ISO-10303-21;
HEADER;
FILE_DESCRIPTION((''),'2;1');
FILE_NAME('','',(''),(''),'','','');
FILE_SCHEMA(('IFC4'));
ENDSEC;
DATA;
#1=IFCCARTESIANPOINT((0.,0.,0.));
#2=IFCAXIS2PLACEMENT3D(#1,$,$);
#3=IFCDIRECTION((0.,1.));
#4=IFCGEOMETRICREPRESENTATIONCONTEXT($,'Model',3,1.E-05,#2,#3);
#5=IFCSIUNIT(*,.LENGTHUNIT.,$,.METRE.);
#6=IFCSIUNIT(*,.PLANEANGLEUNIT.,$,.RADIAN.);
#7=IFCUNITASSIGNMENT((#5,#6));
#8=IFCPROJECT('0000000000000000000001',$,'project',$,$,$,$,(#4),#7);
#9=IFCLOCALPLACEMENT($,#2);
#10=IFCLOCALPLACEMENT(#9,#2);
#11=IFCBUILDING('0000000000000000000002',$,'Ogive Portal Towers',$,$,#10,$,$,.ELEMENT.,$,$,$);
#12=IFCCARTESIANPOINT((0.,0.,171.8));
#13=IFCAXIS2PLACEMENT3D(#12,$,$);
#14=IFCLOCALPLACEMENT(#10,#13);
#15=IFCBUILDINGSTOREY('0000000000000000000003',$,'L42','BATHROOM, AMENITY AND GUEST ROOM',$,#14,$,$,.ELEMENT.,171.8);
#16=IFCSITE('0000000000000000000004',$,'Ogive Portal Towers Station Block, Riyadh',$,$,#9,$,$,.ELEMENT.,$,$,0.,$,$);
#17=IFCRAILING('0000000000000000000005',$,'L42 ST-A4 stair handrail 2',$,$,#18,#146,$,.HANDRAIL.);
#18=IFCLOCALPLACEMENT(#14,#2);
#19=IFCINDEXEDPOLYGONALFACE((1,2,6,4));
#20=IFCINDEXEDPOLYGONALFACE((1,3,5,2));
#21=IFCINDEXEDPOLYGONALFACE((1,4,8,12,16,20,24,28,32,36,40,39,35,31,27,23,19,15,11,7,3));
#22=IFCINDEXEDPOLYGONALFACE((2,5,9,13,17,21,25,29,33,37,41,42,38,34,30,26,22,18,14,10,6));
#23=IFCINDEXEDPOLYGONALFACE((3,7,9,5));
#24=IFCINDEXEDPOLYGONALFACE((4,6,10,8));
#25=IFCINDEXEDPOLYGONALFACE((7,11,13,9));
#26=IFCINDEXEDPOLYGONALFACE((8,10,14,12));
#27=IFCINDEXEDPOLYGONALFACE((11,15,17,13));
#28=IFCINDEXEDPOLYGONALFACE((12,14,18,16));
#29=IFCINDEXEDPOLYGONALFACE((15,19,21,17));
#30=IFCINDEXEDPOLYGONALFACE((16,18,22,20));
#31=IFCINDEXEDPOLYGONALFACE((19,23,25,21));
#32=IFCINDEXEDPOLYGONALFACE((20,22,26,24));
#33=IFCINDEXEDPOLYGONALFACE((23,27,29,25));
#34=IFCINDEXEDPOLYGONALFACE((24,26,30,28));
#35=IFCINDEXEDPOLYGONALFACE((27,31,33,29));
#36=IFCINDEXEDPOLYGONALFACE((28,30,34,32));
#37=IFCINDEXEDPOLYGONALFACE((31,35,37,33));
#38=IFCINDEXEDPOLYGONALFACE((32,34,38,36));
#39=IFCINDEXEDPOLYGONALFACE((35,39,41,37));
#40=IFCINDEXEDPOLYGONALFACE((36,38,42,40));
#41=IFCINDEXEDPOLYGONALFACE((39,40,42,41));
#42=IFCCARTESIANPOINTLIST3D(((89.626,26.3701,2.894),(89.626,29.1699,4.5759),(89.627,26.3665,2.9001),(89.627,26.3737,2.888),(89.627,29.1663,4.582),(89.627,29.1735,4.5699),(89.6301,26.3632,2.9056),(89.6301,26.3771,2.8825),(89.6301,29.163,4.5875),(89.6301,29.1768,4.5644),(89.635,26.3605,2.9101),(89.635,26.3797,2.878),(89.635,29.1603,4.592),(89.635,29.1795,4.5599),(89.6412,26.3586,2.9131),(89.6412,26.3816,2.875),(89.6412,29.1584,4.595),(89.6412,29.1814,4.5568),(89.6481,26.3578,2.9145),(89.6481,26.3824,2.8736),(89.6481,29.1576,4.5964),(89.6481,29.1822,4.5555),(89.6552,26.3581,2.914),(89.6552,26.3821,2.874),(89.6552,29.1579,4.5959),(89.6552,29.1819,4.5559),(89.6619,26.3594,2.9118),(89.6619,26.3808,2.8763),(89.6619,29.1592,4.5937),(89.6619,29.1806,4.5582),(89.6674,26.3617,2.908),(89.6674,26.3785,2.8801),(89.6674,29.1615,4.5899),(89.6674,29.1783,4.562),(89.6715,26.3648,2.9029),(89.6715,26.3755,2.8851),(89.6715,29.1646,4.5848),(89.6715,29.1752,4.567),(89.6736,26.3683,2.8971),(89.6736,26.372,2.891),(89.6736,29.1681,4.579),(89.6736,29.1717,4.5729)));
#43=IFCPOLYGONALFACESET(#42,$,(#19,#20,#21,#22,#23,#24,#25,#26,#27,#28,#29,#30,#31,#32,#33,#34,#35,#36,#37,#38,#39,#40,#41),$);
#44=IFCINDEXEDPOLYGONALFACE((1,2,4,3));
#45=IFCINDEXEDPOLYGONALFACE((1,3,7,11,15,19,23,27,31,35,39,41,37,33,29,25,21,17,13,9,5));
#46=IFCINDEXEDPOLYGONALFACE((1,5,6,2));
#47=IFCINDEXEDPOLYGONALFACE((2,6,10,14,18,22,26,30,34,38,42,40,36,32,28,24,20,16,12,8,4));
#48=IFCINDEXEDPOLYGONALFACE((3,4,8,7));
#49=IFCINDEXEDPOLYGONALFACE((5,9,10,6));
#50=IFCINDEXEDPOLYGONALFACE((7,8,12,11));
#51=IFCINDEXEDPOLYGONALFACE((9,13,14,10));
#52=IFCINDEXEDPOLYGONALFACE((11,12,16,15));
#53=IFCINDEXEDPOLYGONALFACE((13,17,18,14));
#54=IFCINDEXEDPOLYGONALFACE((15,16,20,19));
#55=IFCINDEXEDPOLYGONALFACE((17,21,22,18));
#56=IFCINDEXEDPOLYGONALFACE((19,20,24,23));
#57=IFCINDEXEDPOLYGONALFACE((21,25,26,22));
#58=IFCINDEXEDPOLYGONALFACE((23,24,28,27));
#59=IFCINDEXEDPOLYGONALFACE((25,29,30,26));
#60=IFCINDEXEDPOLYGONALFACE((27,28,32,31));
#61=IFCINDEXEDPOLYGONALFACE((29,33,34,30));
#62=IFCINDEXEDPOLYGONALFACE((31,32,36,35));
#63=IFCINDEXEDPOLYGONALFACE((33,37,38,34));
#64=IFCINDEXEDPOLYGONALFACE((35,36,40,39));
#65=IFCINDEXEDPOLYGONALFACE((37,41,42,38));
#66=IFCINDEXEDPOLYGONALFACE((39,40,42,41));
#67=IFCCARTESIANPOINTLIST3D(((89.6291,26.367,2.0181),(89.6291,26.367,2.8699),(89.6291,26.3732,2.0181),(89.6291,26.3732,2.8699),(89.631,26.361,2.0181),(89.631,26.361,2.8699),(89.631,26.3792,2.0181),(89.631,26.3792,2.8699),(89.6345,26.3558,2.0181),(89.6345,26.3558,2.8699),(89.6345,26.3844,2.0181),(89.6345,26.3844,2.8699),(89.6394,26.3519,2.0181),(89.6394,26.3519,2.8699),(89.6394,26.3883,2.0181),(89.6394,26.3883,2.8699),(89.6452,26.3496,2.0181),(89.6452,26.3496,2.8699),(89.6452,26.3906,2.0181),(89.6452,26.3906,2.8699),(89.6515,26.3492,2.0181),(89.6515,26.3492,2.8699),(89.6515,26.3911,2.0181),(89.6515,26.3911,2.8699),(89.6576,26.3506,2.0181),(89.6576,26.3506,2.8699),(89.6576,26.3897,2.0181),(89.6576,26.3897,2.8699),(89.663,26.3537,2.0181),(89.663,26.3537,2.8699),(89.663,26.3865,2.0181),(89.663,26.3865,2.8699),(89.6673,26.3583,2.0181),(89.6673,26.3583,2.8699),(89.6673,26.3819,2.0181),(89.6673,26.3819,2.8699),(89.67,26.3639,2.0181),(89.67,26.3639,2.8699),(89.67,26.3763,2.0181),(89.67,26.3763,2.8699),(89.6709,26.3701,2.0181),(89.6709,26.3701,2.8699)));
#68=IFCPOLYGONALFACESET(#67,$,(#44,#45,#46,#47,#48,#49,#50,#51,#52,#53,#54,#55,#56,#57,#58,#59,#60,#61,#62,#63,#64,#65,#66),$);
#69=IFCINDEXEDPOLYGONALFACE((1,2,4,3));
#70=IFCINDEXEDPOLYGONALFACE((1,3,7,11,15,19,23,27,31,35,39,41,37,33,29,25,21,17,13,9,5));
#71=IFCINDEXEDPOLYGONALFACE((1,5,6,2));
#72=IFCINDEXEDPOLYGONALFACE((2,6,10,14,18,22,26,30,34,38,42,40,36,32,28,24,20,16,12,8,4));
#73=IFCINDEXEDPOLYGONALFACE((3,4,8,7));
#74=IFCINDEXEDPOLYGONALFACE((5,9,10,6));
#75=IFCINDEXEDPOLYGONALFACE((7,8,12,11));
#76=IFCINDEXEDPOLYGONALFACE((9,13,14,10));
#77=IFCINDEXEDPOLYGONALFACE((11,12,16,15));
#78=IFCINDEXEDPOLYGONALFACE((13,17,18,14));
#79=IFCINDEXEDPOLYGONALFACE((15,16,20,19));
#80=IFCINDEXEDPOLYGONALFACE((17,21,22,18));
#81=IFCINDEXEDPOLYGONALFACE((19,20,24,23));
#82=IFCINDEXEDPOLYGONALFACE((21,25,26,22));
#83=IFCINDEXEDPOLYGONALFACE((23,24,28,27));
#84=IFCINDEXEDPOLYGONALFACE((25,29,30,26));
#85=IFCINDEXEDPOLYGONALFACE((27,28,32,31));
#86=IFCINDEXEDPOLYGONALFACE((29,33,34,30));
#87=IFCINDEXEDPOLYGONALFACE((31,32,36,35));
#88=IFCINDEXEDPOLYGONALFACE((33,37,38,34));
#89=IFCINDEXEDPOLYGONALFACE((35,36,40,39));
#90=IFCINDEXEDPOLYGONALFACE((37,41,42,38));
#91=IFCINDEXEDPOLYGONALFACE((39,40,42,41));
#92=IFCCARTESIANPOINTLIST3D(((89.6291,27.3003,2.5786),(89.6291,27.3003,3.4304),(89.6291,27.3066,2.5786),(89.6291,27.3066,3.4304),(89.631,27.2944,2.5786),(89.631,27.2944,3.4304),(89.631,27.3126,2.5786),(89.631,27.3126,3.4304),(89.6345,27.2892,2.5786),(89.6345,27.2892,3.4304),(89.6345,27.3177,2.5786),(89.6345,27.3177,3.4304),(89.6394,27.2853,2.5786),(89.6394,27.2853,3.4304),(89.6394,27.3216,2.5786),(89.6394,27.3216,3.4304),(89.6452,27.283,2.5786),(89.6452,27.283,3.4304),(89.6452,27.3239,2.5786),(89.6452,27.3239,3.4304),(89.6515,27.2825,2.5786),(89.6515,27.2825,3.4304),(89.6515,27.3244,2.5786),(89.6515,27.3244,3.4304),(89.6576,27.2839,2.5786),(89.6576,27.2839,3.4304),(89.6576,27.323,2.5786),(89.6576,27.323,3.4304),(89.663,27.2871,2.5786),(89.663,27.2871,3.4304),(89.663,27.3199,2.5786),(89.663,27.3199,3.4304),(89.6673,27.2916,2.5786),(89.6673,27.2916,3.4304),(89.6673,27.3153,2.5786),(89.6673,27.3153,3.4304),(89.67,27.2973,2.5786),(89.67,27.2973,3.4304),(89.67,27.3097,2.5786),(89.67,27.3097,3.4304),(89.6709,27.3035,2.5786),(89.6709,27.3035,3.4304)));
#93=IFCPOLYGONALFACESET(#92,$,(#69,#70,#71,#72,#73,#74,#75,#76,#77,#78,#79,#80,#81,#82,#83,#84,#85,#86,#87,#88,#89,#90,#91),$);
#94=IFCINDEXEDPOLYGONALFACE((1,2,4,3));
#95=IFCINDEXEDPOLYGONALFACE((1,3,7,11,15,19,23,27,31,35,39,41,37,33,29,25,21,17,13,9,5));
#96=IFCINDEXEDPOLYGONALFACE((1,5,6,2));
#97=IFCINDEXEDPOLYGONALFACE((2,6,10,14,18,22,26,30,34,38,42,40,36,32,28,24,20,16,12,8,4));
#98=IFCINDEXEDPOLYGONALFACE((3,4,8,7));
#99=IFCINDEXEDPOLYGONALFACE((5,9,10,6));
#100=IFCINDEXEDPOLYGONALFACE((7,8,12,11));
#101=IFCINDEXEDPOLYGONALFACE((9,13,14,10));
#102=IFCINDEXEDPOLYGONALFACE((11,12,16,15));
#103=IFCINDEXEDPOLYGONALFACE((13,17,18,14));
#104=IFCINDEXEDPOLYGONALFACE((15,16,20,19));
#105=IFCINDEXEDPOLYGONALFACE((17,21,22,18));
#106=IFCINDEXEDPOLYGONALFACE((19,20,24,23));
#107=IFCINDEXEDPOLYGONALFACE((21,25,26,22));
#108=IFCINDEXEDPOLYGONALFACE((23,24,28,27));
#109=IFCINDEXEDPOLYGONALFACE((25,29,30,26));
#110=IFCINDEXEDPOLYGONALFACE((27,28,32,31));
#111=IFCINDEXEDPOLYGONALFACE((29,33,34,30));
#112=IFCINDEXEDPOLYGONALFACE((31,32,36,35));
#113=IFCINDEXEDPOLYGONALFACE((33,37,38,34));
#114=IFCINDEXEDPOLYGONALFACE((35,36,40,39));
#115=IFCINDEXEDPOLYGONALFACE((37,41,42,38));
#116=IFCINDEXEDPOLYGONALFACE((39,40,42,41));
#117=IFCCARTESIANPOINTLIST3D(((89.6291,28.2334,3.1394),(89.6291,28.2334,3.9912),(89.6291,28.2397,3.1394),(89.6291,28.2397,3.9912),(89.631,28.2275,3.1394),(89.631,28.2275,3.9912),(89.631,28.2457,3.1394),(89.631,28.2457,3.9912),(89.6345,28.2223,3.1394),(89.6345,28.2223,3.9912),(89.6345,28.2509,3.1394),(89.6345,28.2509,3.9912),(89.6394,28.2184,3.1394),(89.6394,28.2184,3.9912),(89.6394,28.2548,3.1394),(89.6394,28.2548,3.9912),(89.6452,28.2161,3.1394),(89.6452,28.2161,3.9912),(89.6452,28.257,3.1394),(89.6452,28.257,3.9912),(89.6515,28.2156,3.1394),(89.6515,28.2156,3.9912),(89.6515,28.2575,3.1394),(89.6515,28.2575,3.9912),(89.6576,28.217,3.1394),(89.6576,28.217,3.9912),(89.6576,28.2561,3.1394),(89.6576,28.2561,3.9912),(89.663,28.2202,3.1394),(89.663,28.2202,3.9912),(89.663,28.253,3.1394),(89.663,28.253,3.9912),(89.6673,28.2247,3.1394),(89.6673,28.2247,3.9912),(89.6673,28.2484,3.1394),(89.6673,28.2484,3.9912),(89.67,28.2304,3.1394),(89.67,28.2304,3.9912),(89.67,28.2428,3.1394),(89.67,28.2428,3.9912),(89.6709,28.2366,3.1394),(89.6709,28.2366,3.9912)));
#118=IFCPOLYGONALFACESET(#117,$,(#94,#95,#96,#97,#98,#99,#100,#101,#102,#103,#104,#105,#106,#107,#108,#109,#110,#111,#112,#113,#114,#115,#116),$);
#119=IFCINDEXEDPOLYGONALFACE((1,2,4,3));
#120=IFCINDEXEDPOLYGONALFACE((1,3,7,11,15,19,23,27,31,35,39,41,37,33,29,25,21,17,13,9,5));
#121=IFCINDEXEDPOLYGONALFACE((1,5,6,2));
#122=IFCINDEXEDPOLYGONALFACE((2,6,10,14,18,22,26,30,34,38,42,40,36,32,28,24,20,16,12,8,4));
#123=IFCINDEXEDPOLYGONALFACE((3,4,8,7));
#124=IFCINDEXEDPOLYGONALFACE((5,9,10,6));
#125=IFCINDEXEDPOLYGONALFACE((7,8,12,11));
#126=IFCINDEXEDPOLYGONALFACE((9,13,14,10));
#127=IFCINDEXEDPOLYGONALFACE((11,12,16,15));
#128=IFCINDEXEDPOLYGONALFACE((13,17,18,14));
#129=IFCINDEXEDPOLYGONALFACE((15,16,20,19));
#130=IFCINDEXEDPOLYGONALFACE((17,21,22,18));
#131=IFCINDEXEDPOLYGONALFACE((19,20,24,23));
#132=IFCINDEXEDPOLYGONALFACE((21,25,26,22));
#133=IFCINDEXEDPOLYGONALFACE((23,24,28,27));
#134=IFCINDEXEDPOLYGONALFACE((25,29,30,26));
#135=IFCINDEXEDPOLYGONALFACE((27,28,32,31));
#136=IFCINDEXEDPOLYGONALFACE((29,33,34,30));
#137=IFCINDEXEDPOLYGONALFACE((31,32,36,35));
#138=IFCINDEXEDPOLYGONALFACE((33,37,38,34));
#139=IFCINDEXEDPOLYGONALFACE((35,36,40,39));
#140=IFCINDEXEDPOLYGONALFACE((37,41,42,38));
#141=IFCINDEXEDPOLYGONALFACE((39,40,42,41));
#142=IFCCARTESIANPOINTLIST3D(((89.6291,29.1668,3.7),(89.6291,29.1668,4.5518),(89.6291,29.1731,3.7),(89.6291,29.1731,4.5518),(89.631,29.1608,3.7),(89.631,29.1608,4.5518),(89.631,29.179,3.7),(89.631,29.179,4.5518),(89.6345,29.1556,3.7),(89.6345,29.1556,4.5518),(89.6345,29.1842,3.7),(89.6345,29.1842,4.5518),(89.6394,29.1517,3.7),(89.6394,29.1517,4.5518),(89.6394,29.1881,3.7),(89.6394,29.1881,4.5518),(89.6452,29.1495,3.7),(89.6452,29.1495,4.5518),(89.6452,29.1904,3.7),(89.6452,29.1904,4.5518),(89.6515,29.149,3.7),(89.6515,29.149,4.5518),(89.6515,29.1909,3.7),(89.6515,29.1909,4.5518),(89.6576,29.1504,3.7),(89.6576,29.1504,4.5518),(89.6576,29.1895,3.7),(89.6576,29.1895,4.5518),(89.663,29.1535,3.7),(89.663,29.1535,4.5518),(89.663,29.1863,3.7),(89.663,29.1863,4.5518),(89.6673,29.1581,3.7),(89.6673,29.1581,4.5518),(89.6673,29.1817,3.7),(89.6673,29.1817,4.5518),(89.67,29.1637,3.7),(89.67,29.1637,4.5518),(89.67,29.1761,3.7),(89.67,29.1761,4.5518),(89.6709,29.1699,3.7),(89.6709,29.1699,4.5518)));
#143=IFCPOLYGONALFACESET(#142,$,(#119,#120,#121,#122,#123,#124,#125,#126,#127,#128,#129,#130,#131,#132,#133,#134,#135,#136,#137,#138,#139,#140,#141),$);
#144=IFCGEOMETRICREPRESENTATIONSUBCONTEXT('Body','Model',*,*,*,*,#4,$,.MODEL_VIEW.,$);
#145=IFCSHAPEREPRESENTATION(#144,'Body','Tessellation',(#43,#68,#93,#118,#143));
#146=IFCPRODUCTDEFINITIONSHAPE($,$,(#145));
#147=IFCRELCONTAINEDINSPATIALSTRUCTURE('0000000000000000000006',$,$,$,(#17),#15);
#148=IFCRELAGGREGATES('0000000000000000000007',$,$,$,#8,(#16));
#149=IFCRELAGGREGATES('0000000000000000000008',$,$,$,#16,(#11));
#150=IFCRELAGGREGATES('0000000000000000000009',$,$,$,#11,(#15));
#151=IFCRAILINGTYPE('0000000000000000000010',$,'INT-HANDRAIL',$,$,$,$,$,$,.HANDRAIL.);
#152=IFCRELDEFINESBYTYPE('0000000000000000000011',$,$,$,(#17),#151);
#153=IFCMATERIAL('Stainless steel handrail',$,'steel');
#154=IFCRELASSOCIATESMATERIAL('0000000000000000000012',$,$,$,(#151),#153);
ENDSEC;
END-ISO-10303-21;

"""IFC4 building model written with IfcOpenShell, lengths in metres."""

from ifc_helpers import new_model, si_unit, direction, frame, origin, origin_2d, place, context, subcontext, project, spatial, circle, extrude, material, type_object, element, save


model = new_model("IFC4")

# Units and contexts
model_context = context("Model", 3, precision=1e-05, world=origin(), true_north=direction((0.0, 1.0)))
body_context = subcontext(model_context, "Body", "Model", "MODEL_VIEW")
ifc_project = project(units=[si_unit("LENGTHUNIT", "METRE"), si_unit("PLANEANGLEUNIT", "RADIAN")], contexts=[model_context])

# Site, building, storey
site_placement = place(None, origin())
site = spatial("IfcSite", under=ifc_project, at=site_placement, Name="Ogive Portal Towers Station Block, Riyadh", CompositionType="ELEMENT", RefElevation=0.0)
building_placement = place(site_placement, origin())
building = spatial("IfcBuilding", under=site, at=building_placement, Name="Ogive Portal Towers", CompositionType="ELEMENT")
storey_placement = place(building_placement, frame((0.0, 0.0, 171.8)))
storey = spatial("IfcBuildingStorey", under=building, at=storey_placement, Name="L42", Description="BATHROOM, AMENITY AND GUEST ROOM", CompositionType="ELEMENT", Elevation=171.8)

# Railing
ifc_material_1 = material(Name="Stainless steel handrail", Category="steel")
railing_type_1 = type_object("IfcRailingType", Name="INT-HANDRAIL", PredefinedType="HANDRAIL", material=ifc_material_1)
railing_1_placement = place(storey_placement, frame((89.6499, 26.3701, 2.0181)))
element("IfcRailing", 1, at=railing_1_placement, inside=storey, type_object=railing_type_1, Name="L42 ST-A4 stair handrail 2", PredefinedType="HANDRAIL", context=body_context, shape_type="SweptSolid", body=[
    extrude(circle(Radius=0.0239, at=origin_2d()), frame((0.0, 0.0, 0.876), z_axis=(0.0, 0.857222, 0.514946), x_axis=(-1.0, 0.0, 0.0)), (0.0, 0.0, 1.0), 3.2661),
    extrude(circle(Radius=0.021, at=origin_2d()), origin(), (0.0, 0.0, 1.0), 0.8518),
    extrude(circle(Radius=0.021, at=origin_2d()), frame((0.0, 0.9333, 0.5605)), (0.0, 0.0, 1.0), 0.8518),
    extrude(circle(Radius=0.021, at=origin_2d()), frame((0.0, 1.8665, 1.1213)), (0.0, 0.0, 1.0), 0.8518),
    extrude(circle(Radius=0.021, at=origin_2d()), frame((0.0, 2.7998, 1.6819)), (0.0, 0.0, 1.0), 0.8518),
])

save(model, "model.ifc")
